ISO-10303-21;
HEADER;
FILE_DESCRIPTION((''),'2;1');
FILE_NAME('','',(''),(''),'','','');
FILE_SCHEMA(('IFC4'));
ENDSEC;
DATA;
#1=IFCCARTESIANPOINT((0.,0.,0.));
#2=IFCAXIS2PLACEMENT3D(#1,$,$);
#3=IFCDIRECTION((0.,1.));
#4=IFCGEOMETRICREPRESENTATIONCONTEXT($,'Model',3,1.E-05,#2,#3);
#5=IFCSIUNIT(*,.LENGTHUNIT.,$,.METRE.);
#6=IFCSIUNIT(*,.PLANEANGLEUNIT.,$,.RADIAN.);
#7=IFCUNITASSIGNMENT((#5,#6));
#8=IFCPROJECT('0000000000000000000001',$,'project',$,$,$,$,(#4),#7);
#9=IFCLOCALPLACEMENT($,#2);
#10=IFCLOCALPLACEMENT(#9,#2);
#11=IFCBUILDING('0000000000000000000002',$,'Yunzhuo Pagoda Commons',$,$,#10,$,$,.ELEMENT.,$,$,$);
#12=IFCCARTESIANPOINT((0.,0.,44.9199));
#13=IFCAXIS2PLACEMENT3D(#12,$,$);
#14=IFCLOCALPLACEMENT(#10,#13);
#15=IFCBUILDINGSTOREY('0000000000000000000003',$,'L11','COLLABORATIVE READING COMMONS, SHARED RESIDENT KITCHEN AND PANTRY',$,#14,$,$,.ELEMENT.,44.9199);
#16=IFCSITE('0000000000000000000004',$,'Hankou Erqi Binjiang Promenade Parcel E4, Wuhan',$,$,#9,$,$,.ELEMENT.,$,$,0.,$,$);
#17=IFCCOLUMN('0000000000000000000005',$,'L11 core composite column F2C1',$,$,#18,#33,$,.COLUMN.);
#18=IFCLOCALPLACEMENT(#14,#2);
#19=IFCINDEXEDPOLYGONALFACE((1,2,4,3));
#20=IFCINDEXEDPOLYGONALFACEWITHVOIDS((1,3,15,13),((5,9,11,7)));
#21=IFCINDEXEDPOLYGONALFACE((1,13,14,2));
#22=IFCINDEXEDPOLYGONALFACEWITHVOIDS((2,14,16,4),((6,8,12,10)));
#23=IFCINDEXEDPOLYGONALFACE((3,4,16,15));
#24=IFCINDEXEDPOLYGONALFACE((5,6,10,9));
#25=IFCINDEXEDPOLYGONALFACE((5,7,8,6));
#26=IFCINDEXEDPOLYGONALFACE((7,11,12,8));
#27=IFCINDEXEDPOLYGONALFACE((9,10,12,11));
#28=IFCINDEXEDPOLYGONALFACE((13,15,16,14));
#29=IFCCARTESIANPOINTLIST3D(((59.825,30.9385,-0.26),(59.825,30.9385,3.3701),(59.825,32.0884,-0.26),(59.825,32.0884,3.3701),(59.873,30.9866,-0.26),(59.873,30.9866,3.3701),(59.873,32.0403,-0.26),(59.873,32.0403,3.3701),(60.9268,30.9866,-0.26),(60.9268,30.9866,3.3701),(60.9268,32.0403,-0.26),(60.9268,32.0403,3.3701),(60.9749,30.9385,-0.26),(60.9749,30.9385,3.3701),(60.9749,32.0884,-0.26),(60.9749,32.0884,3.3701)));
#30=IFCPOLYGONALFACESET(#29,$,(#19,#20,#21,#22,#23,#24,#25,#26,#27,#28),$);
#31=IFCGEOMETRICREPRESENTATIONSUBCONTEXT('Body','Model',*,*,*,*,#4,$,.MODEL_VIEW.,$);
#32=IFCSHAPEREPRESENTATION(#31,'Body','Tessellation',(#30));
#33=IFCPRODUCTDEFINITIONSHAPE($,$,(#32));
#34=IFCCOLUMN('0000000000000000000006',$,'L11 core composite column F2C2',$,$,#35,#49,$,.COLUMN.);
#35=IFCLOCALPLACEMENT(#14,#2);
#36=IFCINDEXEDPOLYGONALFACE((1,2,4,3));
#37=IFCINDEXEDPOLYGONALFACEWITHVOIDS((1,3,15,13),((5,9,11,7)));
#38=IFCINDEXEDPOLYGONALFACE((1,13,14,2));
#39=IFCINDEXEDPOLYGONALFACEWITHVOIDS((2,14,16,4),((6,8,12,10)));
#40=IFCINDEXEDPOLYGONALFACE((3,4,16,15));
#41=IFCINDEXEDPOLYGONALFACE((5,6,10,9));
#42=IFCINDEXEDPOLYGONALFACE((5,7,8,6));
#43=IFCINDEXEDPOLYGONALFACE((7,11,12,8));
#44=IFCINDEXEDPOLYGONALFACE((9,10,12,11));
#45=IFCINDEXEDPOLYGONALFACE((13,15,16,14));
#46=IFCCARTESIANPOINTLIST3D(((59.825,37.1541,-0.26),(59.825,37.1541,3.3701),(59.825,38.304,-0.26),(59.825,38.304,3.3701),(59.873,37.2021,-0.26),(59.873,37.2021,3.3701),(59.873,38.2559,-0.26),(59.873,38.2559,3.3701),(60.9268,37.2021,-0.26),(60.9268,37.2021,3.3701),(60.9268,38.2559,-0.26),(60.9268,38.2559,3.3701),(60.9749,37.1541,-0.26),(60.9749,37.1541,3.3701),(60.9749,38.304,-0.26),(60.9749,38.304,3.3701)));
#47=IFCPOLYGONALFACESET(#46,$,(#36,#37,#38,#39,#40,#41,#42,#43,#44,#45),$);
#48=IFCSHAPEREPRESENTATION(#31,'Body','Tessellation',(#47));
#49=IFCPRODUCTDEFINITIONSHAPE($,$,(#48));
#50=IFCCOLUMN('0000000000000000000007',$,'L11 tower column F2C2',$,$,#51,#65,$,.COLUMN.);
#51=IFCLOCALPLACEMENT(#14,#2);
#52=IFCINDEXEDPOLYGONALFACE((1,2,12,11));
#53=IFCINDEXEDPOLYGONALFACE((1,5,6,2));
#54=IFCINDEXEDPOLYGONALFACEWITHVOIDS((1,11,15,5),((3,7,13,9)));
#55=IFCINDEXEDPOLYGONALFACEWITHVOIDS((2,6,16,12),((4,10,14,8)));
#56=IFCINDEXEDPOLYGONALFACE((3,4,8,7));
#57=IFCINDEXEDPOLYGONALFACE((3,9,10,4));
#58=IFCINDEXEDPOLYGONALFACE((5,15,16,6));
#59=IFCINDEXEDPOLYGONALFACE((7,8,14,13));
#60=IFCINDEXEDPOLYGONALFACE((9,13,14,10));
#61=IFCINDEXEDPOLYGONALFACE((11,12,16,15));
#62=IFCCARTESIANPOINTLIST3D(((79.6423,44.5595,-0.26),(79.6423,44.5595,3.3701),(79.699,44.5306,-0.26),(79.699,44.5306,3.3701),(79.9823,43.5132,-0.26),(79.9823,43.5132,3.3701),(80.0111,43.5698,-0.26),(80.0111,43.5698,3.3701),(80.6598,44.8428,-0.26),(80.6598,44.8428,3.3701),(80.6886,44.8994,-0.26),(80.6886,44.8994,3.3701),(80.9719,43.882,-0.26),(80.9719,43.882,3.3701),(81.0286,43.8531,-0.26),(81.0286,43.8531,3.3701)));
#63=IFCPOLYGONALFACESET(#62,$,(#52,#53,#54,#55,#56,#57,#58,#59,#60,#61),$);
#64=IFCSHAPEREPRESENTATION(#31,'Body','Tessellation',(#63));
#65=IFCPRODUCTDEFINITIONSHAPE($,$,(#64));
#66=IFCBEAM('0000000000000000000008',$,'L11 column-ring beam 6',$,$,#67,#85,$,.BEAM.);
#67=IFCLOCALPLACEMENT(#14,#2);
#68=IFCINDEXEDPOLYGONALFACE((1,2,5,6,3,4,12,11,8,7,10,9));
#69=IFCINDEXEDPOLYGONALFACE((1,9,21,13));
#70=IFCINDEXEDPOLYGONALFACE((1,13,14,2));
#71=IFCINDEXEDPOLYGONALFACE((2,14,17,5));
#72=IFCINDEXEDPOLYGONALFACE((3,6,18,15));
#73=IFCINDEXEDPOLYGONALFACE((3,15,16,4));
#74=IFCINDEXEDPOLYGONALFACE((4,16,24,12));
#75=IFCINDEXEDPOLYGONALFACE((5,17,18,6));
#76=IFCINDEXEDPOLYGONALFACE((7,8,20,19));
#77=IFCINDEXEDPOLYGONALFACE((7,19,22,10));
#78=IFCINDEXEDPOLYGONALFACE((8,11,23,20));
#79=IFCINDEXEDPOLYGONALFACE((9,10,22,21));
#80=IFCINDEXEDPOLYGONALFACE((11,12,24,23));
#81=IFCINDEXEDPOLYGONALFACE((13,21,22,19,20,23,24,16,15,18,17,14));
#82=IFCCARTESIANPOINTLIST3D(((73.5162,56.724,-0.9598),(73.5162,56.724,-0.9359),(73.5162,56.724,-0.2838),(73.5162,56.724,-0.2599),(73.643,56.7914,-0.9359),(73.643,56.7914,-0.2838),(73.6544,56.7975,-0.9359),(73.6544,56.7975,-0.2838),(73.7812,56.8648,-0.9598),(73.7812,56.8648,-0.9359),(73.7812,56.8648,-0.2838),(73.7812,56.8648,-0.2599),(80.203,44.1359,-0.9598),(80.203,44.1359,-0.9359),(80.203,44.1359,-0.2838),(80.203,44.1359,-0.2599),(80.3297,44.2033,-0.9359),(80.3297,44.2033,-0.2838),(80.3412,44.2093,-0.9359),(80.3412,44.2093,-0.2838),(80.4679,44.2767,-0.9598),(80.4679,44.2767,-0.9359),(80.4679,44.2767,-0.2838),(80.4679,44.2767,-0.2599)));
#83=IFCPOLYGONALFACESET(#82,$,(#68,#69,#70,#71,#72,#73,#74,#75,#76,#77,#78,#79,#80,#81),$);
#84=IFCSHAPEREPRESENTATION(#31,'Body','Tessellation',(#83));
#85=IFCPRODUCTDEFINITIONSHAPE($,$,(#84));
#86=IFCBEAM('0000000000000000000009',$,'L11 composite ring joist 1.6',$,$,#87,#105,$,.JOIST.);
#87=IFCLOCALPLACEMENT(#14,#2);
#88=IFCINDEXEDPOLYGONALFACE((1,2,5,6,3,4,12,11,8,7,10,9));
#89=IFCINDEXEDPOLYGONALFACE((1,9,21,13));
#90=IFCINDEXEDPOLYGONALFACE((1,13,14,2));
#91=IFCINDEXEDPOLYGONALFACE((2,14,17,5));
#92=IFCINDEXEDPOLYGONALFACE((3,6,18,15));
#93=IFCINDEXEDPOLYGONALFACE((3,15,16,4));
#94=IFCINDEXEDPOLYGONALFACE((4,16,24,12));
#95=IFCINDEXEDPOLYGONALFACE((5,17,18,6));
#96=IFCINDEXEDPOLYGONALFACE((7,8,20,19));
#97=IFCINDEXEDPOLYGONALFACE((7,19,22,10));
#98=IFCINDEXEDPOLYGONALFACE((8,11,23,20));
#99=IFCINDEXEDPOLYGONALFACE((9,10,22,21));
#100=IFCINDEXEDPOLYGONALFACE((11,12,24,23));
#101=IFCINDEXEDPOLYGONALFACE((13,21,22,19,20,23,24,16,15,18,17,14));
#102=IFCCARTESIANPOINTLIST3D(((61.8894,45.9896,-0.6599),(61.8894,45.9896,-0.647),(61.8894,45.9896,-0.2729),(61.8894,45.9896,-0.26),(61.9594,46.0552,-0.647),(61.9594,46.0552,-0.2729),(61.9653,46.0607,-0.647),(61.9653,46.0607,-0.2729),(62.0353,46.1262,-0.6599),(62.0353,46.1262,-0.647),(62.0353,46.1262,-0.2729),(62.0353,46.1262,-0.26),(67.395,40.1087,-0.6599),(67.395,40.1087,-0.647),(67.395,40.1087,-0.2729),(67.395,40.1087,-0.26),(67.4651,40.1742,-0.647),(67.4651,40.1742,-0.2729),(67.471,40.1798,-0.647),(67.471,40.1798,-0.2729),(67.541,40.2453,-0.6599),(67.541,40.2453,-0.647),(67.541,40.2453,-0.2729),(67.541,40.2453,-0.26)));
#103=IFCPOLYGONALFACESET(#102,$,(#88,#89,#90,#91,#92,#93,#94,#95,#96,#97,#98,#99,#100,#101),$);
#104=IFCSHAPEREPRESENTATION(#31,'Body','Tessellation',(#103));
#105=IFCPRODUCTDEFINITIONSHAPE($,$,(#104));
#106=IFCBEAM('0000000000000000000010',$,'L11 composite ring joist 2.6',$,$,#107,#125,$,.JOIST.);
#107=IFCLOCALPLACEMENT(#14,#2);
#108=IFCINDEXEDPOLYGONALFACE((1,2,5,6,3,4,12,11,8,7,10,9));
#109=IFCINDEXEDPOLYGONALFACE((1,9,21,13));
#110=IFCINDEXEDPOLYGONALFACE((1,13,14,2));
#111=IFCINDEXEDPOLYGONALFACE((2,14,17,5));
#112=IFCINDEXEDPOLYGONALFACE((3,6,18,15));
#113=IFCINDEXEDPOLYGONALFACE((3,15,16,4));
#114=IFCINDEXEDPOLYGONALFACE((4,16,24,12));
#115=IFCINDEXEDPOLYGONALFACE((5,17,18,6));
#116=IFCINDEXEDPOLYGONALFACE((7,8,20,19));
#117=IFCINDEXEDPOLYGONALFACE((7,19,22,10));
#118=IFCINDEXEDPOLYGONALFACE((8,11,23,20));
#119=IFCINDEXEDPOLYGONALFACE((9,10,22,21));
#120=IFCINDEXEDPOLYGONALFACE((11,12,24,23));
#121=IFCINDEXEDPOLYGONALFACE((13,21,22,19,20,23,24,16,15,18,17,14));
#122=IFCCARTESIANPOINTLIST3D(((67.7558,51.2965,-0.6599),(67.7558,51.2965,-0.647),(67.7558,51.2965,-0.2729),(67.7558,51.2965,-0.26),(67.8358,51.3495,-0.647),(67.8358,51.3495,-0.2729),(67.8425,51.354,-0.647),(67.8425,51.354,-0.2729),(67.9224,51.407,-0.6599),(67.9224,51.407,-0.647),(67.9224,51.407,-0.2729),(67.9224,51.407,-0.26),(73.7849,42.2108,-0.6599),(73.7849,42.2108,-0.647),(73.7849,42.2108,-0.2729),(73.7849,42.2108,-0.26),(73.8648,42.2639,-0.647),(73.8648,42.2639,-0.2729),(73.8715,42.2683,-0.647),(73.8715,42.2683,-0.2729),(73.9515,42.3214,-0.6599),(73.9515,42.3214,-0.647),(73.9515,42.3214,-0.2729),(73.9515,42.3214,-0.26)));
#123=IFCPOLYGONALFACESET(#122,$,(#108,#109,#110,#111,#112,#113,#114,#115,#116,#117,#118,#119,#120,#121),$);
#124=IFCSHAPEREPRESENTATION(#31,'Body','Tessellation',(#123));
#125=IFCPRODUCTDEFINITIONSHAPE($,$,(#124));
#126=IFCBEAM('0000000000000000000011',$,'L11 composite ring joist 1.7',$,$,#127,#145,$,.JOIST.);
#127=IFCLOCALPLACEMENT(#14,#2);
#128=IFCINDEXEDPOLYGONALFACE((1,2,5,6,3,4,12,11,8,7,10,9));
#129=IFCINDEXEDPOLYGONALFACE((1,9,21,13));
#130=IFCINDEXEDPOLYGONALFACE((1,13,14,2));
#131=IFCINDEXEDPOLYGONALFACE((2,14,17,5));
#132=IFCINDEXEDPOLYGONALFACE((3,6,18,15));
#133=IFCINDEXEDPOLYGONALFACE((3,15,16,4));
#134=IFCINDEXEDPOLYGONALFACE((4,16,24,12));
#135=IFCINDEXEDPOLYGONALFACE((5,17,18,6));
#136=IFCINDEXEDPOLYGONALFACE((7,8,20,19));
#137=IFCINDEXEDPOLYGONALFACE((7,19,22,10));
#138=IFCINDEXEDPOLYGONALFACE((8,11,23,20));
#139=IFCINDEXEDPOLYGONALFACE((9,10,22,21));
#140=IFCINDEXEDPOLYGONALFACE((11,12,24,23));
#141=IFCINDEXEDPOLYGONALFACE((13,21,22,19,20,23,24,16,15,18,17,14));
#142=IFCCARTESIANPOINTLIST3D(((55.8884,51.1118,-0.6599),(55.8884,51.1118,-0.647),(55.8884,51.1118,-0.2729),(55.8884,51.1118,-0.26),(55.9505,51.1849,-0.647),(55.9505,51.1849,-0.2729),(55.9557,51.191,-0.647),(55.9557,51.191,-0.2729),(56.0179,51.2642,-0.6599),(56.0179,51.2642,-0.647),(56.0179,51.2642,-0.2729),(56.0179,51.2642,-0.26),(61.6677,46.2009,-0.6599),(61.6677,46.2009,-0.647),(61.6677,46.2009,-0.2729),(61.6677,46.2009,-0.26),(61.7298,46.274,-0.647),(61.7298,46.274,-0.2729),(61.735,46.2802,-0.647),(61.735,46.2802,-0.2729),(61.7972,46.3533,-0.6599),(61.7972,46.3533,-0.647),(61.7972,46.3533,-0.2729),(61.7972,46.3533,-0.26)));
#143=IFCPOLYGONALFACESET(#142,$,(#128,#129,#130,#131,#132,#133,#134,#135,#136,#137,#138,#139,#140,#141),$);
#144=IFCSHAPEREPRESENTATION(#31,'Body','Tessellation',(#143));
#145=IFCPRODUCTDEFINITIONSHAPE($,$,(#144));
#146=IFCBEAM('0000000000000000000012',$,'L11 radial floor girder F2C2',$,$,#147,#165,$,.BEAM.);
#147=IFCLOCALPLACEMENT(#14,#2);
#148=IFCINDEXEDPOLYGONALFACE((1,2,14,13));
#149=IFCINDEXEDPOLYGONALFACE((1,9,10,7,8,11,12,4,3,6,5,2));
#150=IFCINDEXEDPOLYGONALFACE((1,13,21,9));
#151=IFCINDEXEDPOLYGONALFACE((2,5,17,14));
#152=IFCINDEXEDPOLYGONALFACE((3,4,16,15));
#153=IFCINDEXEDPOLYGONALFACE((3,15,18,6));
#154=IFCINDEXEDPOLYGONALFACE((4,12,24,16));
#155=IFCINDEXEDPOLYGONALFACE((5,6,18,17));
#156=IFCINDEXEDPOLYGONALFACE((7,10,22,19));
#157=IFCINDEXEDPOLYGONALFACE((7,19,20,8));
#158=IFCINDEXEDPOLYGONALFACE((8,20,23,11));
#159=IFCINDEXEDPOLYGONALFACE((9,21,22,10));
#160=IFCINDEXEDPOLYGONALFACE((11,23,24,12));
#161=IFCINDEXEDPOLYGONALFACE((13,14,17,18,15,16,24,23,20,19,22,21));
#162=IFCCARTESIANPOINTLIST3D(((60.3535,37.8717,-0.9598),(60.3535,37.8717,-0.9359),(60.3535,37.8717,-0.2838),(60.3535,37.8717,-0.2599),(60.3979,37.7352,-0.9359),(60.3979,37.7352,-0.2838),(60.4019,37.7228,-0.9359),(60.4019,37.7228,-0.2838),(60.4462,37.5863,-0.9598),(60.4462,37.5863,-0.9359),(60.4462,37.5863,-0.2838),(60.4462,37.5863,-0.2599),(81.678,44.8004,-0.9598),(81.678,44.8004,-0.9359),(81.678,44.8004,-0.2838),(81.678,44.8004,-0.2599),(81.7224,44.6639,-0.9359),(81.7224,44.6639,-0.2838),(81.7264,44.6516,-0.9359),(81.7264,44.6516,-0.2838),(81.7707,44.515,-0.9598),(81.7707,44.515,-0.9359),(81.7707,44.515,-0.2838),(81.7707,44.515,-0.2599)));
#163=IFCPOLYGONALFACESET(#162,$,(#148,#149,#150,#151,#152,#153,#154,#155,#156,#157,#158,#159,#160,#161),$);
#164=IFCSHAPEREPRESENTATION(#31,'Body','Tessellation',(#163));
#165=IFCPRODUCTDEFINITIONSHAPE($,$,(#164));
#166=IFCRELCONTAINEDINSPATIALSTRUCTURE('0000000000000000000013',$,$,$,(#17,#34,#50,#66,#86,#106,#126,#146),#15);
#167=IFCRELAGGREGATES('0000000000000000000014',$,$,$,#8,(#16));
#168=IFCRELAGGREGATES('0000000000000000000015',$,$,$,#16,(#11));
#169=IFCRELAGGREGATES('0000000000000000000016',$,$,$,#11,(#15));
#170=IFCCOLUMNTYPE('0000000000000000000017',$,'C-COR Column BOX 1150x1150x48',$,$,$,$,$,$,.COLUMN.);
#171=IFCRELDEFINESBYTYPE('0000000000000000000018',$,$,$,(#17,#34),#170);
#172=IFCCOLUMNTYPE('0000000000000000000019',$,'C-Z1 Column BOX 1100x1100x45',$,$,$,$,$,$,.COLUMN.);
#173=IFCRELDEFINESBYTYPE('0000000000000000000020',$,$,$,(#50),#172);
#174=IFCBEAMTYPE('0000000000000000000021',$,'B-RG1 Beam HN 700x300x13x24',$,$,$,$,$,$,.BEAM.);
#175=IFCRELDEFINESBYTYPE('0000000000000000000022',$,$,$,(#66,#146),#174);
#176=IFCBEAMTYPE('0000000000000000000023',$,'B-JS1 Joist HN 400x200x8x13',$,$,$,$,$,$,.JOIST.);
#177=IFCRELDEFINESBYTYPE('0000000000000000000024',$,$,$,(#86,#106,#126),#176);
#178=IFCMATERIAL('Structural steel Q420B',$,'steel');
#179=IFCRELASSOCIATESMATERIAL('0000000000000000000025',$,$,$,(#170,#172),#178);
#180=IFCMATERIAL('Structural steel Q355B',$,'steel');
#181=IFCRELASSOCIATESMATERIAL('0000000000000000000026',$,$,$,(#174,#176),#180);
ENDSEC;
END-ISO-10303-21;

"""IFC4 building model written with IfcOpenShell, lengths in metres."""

from ifc_helpers import new_model, si_unit, direction, frame, origin, origin_2d, place, context, subcontext, project, spatial, hollow_rectangle, i_section, extrude, source, transform, mapped, material, material_profile, profile_set, type_object, element, save


model = new_model("IFC4")

# Units and contexts
model_context = context("Model", 3, precision=1e-05, world=origin(), true_north=direction((0.0, 1.0)))
body_context = subcontext(model_context, "Body", "Model", "MODEL_VIEW")
ifc_project = project(units=[si_unit("LENGTHUNIT", "METRE"), si_unit("PLANEANGLEUNIT", "RADIAN")], contexts=[model_context])

# Site, building, storey
site_placement = place(None, origin())
site = spatial("IfcSite", under=ifc_project, at=site_placement, Name="Hankou Erqi Binjiang Promenade Parcel E4, Wuhan", CompositionType="ELEMENT", RefElevation=0.0)
building_placement = place(site_placement, origin())
building = spatial("IfcBuilding", under=site, at=building_placement, Name="Yunzhuo Pagoda Commons", CompositionType="ELEMENT")
storey_placement = place(building_placement, frame((0.0, 0.0, 44.9199)))
storey = spatial("IfcBuildingStorey", under=building, at=storey_placement, Name="L11", Description="COLLABORATIVE READING COMMONS, SHARED RESIDENT KITCHEN AND PANTRY", CompositionType="ELEMENT", Elevation=44.9199)

# Columns
ifc_material_1 = material(Name="Structural steel Q420B", Category="steel")
ifc_material_profile_1 = material_profile(ifc_material_1, hollow_rectangle(XDim=1.1499, YDim=1.1499, WallThickness=0.0481, at=origin_2d()), Name="Structural steel Q420B")
ifc_profile_set_1 = profile_set([ifc_material_profile_1], Name="Structural steel Q420B")
column_type_1 = type_object("IfcColumnType", Name="C-COR Column BOX 1150x1150x48", PredefinedType="COLUMN", material=ifc_profile_set_1)
shared_shape_1 = source(origin(), body_context, "Body", "SweptSolid", [
    extrude(hollow_rectangle(XDim=1.1499, YDim=1.1499, WallThickness=0.0481, at=origin_2d()), origin(), (0.0, 0.0, 1.0), 3.6301),
])
for number, where, z_axis, x_axis, name in (
    (1, (60.3999, 31.5134, -0.26), (0.0, 0.0, 1.0), (1.0, 0.0, 0.0), "L11 core composite column F2C1"),
    (2, (60.3999, 37.729, -0.26), (0.0, 0.0, 1.0), (1.0, 0.0, 0.0), "L11 core composite column F2C2"),
):
    element("IfcColumn", number, at=place(storey_placement, frame(where, z_axis=z_axis, x_axis=x_axis)), inside=storey, type_object=column_type_1, Name=name, PredefinedType="COLUMN", context=body_context, shape_type="MappedRepresentation", body=[
        mapped(shared_shape_1, transform((0.0, 0.0, 0.0), scale=1.0)),
    ])
ifc_material_profile_2 = material_profile(ifc_material_1, hollow_rectangle(XDim=1.1001, YDim=1.1001, WallThickness=0.0449, at=origin_2d()), Name="Structural steel Q420B")
ifc_profile_set_2 = profile_set([ifc_material_profile_2], Name="Structural steel Q420B")
column_type_2 = type_object("IfcColumnType", Name="C-Z1 Column BOX 1100x1100x45", PredefinedType="COLUMN", material=ifc_profile_set_2)
shared_shape_2 = source(origin(), body_context, "Body", "SweptSolid", [
    extrude(hollow_rectangle(XDim=1.1001, YDim=1.1001, WallThickness=0.0449, at=origin_2d()), origin(), (0.0, 0.0, 1.0), 3.6301),
])
column_placement = place(storey_placement, frame((80.3354, 44.2063, -0.26), z_axis=(0.0, 0.0, 1.0), x_axis=(-0.309017, 0.951057, 0.0)))
element("IfcColumn", 3, at=column_placement, inside=storey, type_object=column_type_2, Name="L11 tower column F2C2", PredefinedType="COLUMN", context=body_context, shape_type="MappedRepresentation", body=[
    mapped(shared_shape_2, transform((0.0, 0.0, 0.0), scale=1.0)),
])

# Beams
ifc_material_2 = material(Name="Structural steel Q355B", Category="steel")
ifc_material_profile_3 = material_profile(ifc_material_2, i_section(OverallWidth=0.3, OverallDepth=0.7, WebThickness=0.0129, FlangeThickness=0.0239, at=origin_2d()), Name="Structural steel Q355B")
ifc_profile_set_3 = profile_set([ifc_material_profile_3], Name="Structural steel Q355B")
beam_type_1 = type_object("IfcBeamType", Name="B-RG1 Beam HN 700x300x13x24", PredefinedType="BEAM", material=ifc_profile_set_3)
shared_shape_3 = source(origin(), body_context, "Body", "SweptSolid", [
    extrude(i_section(OverallWidth=0.3, OverallDepth=0.7, WebThickness=0.0129, FlangeThickness=0.0239, at=origin_2d()), origin(), (0.0, 0.0, 1.0), 14.2539),
])
beam_1_placement = place(storey_placement, frame((80.3354, 44.2063, -0.6099), z_axis=(-0.469118, 0.883135, 0.0), x_axis=(-0.883135, -0.469118, 0.0)))
element("IfcBeam", 4, at=beam_1_placement, inside=storey, type_object=beam_type_1, Name="L11 column-ring beam 6", PredefinedType="BEAM", context=body_context, shape_type="MappedRepresentation", body=[
    mapped(shared_shape_3, transform((0.0, 0.0, 0.0), scale=1.0)),
])
ifc_material_profile_4 = material_profile(ifc_material_2, i_section(OverallWidth=0.2, OverallDepth=0.3999, WebThickness=0.0081, FlangeThickness=0.0129, at=origin_2d()), Name="Structural steel Q355B")
ifc_profile_set_4 = profile_set([ifc_material_profile_4], Name="Structural steel Q355B")
beam_type_2 = type_object("IfcBeamType", Name="B-JS1 Joist HN 400x200x8x13", PredefinedType="JOIST", material=ifc_profile_set_4)
shared_shape_4 = source(origin(), body_context, "Body", "SweptSolid", [
    extrude(i_section(OverallWidth=0.2, OverallDepth=0.3999, WebThickness=0.0081, FlangeThickness=0.0129, at=origin_2d()), origin(), (0.0, 0.0, 1.0), 8.0559),
])
beam_2_placement = place(storey_placement, frame((67.468, 40.177, -0.46), z_axis=(-0.683433, 0.730013, 0.0), x_axis=(-0.730013, -0.683433, 0.0)))
element("IfcBeam", 5, at=beam_2_placement, inside=storey, type_object=beam_type_2, Name="L11 composite ring joist 1.6", PredefinedType="JOIST", context=body_context, shape_type="MappedRepresentation", body=[
    mapped(shared_shape_4, transform((0.0, 0.0, 0.0), scale=1.0)),
])
shared_shape_5 = source(origin(), body_context, "Body", "SweptSolid", [
    extrude(i_section(OverallWidth=0.2, OverallDepth=0.3999, WebThickness=0.0081, FlangeThickness=0.0129, at=origin_2d()), origin(), (0.0, 0.0, 1.0), 10.9041),
])
beam_3_placement = place(storey_placement, frame((73.8682, 42.2661, -0.46), z_axis=(-0.552916, 0.833237, 0.0), x_axis=(-0.833237, -0.552916, 0.0)))
element("IfcBeam", 6, at=beam_3_placement, inside=storey, type_object=beam_type_2, Name="L11 composite ring joist 2.6", PredefinedType="JOIST", context=body_context, shape_type="MappedRepresentation", body=[
    mapped(shared_shape_5, transform((0.0, 0.0, 0.0), scale=1.0)),
])
shared_shape_6 = source(origin(), body_context, "Body", "SweptSolid", [
    extrude(i_section(OverallWidth=0.2, OverallDepth=0.3999, WebThickness=0.0081, FlangeThickness=0.0129, at=origin_2d()), origin(), (0.0, 0.0, 1.0), 7.584),
])
beam_4_placement = place(storey_placement, frame((61.7324, 46.2771, -0.46), z_axis=(-0.762038, 0.647533, 0.0), x_axis=(-0.647533, -0.762038, 0.0)))
element("IfcBeam", 7, at=beam_4_placement, inside=storey, type_object=beam_type_2, Name="L11 composite ring joist 1.7", PredefinedType="JOIST", context=body_context, shape_type="MappedRepresentation", body=[
    mapped(shared_shape_6, transform((0.0, 0.0, 0.0), scale=1.0)),
])
shared_shape_7 = source(origin(), body_context, "Body", "SweptSolid", [
    extrude(i_section(OverallWidth=0.3, OverallDepth=0.7, WebThickness=0.0129, FlangeThickness=0.0239, at=origin_2d()), origin(), (0.0, 0.0, 1.0), 22.4219),
])
beam_5_placement = place(storey_placement, frame((81.7244, 44.6577, -0.6099), z_axis=(-0.951057, -0.309016, 0.0), x_axis=(0.309016, -0.951057, 0.0)))
element("IfcBeam", 8, at=beam_5_placement, inside=storey, type_object=beam_type_1, Name="L11 radial floor girder F2C2", PredefinedType="BEAM", context=body_context, shape_type="MappedRepresentation", body=[
    mapped(shared_shape_7, transform((0.0, 0.0, 0.0), scale=1.0)),
])

save(model, "model.ifc")
